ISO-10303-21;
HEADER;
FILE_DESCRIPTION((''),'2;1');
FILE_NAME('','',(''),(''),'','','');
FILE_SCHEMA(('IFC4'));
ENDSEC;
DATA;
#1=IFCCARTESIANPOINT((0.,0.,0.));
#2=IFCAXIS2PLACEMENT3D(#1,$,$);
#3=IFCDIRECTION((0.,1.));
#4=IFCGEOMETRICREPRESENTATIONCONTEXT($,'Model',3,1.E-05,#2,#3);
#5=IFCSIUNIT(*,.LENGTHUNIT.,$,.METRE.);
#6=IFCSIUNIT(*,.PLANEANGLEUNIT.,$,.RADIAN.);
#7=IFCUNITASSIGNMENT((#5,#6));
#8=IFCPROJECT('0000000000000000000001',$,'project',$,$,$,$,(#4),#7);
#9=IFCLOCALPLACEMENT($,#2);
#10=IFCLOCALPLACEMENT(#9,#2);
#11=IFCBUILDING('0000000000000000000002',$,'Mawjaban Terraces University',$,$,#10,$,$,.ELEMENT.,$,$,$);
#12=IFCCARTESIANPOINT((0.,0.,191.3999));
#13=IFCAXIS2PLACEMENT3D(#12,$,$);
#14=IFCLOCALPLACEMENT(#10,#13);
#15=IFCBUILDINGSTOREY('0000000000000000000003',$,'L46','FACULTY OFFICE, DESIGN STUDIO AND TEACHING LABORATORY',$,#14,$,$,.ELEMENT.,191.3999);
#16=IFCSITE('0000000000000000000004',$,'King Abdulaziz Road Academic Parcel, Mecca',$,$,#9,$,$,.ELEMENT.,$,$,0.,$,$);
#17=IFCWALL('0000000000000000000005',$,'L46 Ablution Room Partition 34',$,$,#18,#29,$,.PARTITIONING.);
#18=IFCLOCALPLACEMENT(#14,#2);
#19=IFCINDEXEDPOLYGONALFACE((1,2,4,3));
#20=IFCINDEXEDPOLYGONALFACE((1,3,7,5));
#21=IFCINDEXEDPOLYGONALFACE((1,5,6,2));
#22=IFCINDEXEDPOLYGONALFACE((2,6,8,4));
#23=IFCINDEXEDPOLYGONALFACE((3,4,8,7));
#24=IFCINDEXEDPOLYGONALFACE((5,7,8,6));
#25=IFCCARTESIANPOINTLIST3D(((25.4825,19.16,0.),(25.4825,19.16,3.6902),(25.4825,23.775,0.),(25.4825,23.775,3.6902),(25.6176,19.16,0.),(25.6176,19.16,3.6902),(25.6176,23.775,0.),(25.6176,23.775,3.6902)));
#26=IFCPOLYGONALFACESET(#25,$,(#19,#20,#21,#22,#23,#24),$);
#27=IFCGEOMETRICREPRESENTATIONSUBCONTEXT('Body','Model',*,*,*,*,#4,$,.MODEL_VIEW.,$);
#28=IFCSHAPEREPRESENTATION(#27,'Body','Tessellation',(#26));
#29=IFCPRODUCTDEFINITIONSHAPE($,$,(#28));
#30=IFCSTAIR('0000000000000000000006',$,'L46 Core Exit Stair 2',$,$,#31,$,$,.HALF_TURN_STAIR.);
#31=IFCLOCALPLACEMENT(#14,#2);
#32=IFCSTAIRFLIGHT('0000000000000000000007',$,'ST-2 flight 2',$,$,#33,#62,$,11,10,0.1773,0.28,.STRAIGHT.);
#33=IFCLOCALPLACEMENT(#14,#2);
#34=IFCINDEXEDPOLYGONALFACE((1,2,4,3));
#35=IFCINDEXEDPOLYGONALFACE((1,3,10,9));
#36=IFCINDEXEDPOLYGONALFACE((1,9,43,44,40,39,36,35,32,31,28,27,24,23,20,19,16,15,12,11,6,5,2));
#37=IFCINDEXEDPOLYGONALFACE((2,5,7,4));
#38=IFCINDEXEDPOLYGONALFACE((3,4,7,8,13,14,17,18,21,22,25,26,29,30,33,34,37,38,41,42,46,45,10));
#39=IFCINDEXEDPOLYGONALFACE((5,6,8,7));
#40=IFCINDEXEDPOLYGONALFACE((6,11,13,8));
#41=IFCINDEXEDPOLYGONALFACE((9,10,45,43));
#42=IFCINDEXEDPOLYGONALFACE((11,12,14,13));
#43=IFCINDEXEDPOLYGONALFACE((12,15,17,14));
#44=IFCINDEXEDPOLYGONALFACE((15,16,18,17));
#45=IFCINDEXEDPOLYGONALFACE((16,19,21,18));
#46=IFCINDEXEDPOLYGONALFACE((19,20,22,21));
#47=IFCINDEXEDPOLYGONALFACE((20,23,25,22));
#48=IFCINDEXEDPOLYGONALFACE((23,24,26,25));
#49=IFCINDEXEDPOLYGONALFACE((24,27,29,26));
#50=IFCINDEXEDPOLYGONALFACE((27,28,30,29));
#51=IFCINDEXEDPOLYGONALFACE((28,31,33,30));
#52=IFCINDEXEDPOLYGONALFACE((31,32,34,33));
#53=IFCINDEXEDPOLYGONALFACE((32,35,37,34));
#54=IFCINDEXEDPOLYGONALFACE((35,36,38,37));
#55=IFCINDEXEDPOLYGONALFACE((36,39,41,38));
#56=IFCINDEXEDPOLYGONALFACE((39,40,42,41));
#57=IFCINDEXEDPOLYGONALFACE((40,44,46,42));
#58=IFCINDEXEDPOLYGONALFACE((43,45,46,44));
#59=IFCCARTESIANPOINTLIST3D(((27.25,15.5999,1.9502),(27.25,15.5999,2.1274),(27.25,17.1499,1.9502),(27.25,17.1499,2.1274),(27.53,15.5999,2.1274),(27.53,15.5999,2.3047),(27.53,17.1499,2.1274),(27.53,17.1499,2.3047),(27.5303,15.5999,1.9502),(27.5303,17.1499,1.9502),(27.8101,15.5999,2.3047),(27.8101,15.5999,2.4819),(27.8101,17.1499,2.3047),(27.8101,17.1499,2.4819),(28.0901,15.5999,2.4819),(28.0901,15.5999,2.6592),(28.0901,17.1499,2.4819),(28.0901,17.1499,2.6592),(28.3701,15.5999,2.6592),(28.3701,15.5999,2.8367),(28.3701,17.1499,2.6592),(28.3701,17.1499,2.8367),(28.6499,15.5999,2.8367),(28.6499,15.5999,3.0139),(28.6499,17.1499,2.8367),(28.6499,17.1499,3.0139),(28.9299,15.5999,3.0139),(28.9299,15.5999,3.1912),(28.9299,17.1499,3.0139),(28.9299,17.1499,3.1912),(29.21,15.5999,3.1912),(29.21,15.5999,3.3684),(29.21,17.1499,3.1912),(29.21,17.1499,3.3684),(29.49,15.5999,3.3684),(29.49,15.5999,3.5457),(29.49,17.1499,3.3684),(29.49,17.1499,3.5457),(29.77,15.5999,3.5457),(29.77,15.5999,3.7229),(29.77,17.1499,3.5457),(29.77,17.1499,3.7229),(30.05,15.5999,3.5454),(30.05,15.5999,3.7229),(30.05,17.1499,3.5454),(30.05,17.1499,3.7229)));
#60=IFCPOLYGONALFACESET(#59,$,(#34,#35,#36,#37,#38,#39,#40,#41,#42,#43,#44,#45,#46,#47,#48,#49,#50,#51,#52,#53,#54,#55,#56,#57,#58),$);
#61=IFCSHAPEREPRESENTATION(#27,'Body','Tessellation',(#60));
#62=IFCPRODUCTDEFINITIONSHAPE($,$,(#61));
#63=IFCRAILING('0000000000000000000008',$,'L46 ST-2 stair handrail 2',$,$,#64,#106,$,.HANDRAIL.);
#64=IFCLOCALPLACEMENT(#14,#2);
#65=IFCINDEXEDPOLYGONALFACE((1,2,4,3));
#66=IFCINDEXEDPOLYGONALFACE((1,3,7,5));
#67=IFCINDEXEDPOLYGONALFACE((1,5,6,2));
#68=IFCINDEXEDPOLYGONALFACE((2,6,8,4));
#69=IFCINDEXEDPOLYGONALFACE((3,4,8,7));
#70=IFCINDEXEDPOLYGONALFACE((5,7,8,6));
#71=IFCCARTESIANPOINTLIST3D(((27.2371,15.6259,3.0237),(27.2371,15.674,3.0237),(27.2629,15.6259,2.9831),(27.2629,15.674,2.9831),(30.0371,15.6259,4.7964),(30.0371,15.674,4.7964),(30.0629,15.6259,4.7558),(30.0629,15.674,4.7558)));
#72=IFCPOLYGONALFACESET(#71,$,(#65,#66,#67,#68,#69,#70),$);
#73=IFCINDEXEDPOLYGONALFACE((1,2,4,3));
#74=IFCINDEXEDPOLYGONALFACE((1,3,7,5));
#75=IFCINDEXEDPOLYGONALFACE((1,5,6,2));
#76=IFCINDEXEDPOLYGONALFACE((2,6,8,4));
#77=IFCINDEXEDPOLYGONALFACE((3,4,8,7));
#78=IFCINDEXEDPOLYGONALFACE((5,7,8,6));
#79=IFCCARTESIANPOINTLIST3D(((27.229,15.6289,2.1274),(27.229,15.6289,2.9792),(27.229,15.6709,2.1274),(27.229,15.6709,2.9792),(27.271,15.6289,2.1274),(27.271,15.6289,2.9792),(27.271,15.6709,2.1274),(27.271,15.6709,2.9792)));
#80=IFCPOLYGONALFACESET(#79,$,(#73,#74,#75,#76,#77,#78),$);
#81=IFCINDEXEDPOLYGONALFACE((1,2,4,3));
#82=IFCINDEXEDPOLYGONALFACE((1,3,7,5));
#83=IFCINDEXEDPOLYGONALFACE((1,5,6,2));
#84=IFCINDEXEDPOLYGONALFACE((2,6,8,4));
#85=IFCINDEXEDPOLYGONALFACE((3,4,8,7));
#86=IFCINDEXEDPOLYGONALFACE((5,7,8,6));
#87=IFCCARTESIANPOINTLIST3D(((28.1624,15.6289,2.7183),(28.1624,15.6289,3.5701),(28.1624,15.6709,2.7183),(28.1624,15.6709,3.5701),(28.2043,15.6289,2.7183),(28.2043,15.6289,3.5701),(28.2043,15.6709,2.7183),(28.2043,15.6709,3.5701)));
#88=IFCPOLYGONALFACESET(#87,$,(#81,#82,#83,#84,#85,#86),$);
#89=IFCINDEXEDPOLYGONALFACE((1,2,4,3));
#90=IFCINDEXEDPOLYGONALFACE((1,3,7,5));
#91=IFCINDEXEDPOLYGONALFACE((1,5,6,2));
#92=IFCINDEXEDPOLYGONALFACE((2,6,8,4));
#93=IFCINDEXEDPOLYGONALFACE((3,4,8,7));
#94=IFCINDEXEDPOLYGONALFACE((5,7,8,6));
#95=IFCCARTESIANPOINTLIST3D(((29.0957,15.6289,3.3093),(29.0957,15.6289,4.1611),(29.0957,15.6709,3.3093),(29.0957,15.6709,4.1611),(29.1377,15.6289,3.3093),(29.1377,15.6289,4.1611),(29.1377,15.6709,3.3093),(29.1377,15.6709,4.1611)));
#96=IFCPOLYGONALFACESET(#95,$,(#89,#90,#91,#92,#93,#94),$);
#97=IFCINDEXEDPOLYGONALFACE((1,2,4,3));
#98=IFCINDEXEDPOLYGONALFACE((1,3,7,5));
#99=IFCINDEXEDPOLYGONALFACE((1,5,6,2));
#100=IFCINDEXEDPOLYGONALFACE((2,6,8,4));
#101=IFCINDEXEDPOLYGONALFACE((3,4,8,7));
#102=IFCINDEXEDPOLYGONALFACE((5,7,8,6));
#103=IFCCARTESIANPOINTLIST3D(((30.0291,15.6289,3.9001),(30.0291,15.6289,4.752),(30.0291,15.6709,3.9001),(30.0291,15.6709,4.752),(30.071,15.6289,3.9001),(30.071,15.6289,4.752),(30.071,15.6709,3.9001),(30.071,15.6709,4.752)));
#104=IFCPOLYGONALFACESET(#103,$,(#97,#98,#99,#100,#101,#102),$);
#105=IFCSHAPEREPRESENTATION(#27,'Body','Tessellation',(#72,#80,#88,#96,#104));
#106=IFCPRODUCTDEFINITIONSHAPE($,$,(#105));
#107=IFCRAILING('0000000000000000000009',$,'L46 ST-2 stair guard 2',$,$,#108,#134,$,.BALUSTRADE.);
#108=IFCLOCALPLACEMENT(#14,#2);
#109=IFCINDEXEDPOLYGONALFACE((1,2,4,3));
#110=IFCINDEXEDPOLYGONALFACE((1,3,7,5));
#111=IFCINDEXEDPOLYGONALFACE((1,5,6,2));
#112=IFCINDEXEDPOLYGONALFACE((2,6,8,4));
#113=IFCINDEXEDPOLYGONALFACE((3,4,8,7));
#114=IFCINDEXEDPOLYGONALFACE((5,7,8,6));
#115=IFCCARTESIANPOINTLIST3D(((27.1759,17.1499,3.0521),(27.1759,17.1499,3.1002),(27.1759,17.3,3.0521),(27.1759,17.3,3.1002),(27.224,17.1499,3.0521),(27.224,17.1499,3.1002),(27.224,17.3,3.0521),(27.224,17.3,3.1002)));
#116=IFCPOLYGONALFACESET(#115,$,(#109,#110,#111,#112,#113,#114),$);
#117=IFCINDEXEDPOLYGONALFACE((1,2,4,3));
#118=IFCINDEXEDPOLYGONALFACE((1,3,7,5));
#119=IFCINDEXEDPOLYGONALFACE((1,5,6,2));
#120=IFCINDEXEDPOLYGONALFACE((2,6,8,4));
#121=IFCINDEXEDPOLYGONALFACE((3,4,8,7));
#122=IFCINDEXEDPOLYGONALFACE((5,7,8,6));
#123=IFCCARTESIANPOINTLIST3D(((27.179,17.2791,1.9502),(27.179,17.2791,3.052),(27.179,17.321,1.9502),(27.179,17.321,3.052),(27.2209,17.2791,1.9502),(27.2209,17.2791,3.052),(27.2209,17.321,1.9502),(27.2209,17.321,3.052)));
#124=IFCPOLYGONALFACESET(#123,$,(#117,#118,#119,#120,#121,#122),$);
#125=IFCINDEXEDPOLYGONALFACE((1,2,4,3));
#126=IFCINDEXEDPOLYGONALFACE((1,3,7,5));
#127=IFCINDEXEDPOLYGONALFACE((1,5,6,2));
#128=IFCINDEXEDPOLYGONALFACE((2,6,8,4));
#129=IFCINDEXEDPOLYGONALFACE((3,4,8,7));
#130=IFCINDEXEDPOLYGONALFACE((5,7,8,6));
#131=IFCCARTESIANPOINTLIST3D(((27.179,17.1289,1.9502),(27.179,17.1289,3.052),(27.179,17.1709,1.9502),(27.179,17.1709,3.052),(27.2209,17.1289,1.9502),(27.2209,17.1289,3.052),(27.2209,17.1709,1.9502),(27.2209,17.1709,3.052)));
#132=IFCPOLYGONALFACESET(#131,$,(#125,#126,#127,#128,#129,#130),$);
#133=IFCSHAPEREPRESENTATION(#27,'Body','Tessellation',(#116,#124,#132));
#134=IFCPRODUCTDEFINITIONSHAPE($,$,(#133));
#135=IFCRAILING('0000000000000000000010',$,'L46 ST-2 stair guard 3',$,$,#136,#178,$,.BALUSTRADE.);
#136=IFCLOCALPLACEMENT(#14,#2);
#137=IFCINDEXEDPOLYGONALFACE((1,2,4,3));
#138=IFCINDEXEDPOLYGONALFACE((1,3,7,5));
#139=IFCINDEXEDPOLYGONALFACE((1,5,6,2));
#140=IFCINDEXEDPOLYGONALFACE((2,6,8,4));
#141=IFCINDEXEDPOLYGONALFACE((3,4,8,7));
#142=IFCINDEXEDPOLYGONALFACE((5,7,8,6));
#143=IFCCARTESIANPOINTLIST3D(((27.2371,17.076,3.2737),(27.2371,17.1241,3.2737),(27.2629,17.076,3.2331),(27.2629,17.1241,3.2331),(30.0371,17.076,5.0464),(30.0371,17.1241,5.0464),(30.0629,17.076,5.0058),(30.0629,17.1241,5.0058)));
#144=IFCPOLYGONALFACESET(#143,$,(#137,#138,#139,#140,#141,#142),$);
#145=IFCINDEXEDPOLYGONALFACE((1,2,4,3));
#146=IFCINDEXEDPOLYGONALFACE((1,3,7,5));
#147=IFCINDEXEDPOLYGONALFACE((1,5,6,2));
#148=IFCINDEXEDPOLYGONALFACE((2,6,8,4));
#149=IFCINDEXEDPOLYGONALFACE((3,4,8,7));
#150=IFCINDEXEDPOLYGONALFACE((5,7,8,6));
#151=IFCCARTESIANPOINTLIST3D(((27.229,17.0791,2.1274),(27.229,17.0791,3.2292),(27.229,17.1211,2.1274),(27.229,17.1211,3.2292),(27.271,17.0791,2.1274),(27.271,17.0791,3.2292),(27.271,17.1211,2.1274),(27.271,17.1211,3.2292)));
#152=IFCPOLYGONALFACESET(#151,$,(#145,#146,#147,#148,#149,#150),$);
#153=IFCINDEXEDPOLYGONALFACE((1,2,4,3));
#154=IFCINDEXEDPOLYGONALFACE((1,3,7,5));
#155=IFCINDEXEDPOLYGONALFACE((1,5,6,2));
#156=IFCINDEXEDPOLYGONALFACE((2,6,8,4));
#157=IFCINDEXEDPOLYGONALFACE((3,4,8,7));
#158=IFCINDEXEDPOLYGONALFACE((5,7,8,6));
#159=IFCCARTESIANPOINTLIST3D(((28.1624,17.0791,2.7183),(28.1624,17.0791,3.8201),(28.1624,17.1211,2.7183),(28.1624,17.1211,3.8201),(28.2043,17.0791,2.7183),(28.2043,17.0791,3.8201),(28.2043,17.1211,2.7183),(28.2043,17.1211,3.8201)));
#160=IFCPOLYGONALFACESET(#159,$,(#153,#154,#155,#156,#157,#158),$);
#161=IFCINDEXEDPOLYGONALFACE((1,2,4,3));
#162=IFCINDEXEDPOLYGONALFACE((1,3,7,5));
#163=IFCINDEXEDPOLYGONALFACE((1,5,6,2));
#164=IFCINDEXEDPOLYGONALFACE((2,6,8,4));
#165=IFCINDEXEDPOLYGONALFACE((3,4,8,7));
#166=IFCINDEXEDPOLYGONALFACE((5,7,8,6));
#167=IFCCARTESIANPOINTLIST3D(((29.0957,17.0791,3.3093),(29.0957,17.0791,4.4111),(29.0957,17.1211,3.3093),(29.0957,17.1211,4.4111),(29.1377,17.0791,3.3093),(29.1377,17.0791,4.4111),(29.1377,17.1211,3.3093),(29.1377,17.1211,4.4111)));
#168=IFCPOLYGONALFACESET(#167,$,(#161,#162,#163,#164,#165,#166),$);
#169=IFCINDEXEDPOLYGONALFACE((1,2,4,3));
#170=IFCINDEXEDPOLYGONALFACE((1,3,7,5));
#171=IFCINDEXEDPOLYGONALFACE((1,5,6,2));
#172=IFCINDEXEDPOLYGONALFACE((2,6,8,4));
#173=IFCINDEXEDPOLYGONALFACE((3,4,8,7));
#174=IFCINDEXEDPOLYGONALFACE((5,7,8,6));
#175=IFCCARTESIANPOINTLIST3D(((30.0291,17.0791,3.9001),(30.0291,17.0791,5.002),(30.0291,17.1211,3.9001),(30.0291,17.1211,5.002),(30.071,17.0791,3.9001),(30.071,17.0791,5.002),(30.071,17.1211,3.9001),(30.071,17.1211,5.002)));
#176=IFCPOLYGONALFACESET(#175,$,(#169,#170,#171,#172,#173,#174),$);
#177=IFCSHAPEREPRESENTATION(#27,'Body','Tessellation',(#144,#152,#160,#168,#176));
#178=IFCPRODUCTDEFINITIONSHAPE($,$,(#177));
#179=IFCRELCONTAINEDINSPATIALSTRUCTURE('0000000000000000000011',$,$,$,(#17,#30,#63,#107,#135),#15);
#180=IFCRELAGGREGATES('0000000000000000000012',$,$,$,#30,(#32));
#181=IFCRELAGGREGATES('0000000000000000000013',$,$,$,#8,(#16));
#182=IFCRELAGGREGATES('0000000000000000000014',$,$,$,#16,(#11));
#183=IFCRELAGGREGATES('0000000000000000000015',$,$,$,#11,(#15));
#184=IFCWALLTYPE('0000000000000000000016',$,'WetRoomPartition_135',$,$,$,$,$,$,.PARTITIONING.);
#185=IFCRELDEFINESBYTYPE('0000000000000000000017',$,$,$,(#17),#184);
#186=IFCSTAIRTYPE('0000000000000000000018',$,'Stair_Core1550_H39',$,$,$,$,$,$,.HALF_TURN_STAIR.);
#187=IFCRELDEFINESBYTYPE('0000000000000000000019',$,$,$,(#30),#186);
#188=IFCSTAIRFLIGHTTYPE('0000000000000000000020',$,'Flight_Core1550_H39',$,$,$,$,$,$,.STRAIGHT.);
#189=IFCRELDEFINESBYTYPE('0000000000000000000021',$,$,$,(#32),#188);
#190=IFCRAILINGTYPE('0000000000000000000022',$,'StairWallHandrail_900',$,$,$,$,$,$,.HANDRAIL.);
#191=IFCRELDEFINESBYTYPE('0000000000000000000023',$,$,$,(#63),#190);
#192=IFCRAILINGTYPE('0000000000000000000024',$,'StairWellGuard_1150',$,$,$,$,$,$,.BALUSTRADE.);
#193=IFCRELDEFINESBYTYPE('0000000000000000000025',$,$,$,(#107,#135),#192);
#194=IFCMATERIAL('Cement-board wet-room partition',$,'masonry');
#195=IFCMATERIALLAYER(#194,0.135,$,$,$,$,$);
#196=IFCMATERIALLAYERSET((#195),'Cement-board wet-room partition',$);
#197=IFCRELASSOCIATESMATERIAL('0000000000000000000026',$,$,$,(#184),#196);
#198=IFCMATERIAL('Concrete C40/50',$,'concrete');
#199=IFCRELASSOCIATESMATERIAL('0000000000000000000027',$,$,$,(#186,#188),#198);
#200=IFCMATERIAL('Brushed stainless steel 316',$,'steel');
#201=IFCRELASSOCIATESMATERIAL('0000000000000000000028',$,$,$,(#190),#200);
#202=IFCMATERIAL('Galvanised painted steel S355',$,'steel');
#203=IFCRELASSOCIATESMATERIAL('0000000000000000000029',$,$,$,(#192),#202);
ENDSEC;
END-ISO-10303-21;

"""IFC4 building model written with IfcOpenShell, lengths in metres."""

from ifc_helpers import new_model, si_unit, direction, frame, frame_2d, origin, origin_2d, place, context, subcontext, project, spatial, polyline, rectangle, outline, extrude, material, layer, layer_set, type_object, element, aggregate, save


model = new_model("IFC4")

# Units and contexts
model_context = context("Model", 3, precision=1e-05, world=origin(), true_north=direction((0.0, 1.0)))
body_context = subcontext(model_context, "Body", "Model", "MODEL_VIEW")
ifc_project = project(units=[si_unit("LENGTHUNIT", "METRE"), si_unit("PLANEANGLEUNIT", "RADIAN")], contexts=[model_context])

# Site, building, storey
site_placement = place(None, origin())
site = spatial("IfcSite", under=ifc_project, at=site_placement, Name="King Abdulaziz Road Academic Parcel, Mecca", CompositionType="ELEMENT", RefElevation=0.0)
building_placement = place(site_placement, origin())
building = spatial("IfcBuilding", under=site, at=building_placement, Name="Mawjaban Terraces University", CompositionType="ELEMENT")
storey_placement = place(building_placement, frame((0.0, 0.0, 191.3999)))
storey = spatial("IfcBuildingStorey", under=building, at=storey_placement, Name="L46", Description="FACULTY OFFICE, DESIGN STUDIO AND TEACHING LABORATORY", CompositionType="ELEMENT", Elevation=191.3999)

# Shared definitions
ifc_material_1 = material(Name="Concrete C40/50", Category="concrete")

# Wall
ifc_material_2 = material(Name="Cement-board wet-room partition", Category="masonry")
ifc_layer_1 = layer(ifc_material_2, 0.135)
ifc_layer_set_1 = layer_set([ifc_layer_1], Name="Cement-board wet-room partition")
wall_type_1 = type_object("IfcWallType", Name="WetRoomPartition_135", PredefinedType="PARTITIONING", material=ifc_layer_set_1)
wall_1_placement = place(storey_placement, frame((25.55, 19.1599, 0.0), z_axis=(0.0, 0.0, 1.0), x_axis=(0.0, 1.0, 0.0)))
element("IfcWall", 1, at=wall_1_placement, inside=storey, type_object=wall_type_1, Name="L46 Ablution Room Partition 34", PredefinedType="PARTITIONING", context=body_context, shape_type="SweptSolid", body=[
    extrude(rectangle(XDim=4.615, YDim=0.135, at=frame_2d((2.3076, 0.0))), origin(), (0.0, 0.0, 1.0), 3.6902),
])

# Stair, stair flight
stair_type = type_object("IfcStairType", Name="Stair_Core1550_H39", PredefinedType="HALF_TURN_STAIR", material=ifc_material_1)
stair_placement = place(storey_placement, origin())
stair = element("IfcStair", 2, at=stair_placement, inside=storey, type_object=stair_type, Name="L46 Core Exit Stair 2", PredefinedType="HALF_TURN_STAIR")
stair_flight_type = type_object("IfcStairFlightType", Name="Flight_Core1550_H39", PredefinedType="STRAIGHT", material=ifc_material_1)
stair_flight_placement = place(storey_placement, frame((27.25, 16.375, 1.9502), z_axis=(0.0, 0.0, 1.0), x_axis=(1.0, 0.0, 0.0)))
stair_flight = element("IfcStairFlight", 3, at=stair_flight_placement, type_object=stair_flight_type, Name="ST-2 flight 2", NumberOfRisers=11, NumberOfTreads=10, PredefinedType="STRAIGHT", RiserHeight=0.1773, TreadLength=0.28, context=body_context, shape_type="SweptSolid", body=[
    extrude(outline(polyline([(0.0, 0.0), (0.0, 0.1772), (0.28, 0.1772), (0.28, 0.3545), (0.5601, 0.3545), (0.5601, 0.5317), (0.8401, 0.5317), (0.8401, 0.709), (1.1201, 0.709), (1.1201, 0.8865), (1.3999, 0.8865), (1.3999, 1.0637), (1.6799, 1.0637), (1.6799, 1.241), (1.96, 1.241), (1.96, 1.4182), (2.24, 1.4182), (2.24, 1.5955), (2.52, 1.5955), (2.52, 1.7727), (2.8, 1.7727), (2.8, 1.95), (2.8, 1.5952), (0.2803, 0.0), (0.0, 0.0)])), frame((0.0, 0.7749, 0.0), z_axis=(0.0, -1.0, 0.0), x_axis=(1.0, 0.0, 0.0)), (0.0, 0.0, 1.0), 1.55),
])
aggregate(stair, [stair_flight])

# Railings
ifc_material_3 = material(Name="Brushed stainless steel 316", Category="steel")
railing_type_1 = type_object("IfcRailingType", Name="StairWallHandrail_900", PredefinedType="HANDRAIL", material=ifc_material_3)
railing_1_placement = place(storey_placement, frame((27.25, 15.6499, 2.1274)))
element("IfcRailing", 4, at=railing_1_placement, inside=storey, type_object=railing_type_1, Name="L46 ST-2 stair handrail 2", PredefinedType="HANDRAIL", context=body_context, shape_type="SweptSolid", body=[
    extrude(rectangle(XDim=0.0481, YDim=0.0481, at=origin_2d()), frame((0.0, 0.0, 0.876), z_axis=(0.844909, 0.0, 0.53491), x_axis=(0.0, 1.0, 0.0)), (0.0, 0.0, 1.0), 3.314),
    extrude(rectangle(XDim=0.042, YDim=0.042, at=origin_2d()), origin(), (0.0, 0.0, 1.0), 0.8518),
    extrude(rectangle(XDim=0.042, YDim=0.042, at=origin_2d()), frame((0.9333, 0.0, 0.5908)), (0.0, 0.0, 1.0), 0.8518),
    extrude(rectangle(XDim=0.042, YDim=0.042, at=origin_2d()), frame((1.8667, 0.0, 1.1819)), (0.0, 0.0, 1.0), 0.8518),
    extrude(rectangle(XDim=0.042, YDim=0.042, at=origin_2d()), frame((2.8, 0.0, 1.7727)), (0.0, 0.0, 1.0), 0.8518),
])
ifc_material_4 = material(Name="Galvanised painted steel S355", Category="steel")
railing_type_2 = type_object("IfcRailingType", Name="StairWellGuard_1150", PredefinedType="BALUSTRADE", material=ifc_material_4)
railing_2_placement = place(storey_placement, frame((27.2, 17.3, 1.9502)))
element("IfcRailing", 5, at=railing_2_placement, inside=storey, type_object=railing_type_2, Name="L46 ST-2 stair guard 2", PredefinedType="BALUSTRADE", context=body_context, shape_type="SweptSolid", body=[
    extrude(rectangle(XDim=0.0481, YDim=0.0481, at=origin_2d()), frame((0.0, 0.0, 1.126), z_axis=(0.0, -1.0, 0.0), x_axis=(1.0, 0.0, 0.0)), (0.0, 0.0, 1.0), 0.1501),
    extrude(rectangle(XDim=0.042, YDim=0.042, at=origin_2d()), origin(), (0.0, 0.0, 1.0), 1.1018),
    extrude(rectangle(XDim=0.042, YDim=0.042, at=origin_2d()), frame((0.0, -0.1501, 0.0)), (0.0, 0.0, 1.0), 1.1018),
])
railing_3_placement = place(storey_placement, frame((27.25, 17.1001, 2.1274)))
element("IfcRailing", 6, at=railing_3_placement, inside=storey, type_object=railing_type_2, Name="L46 ST-2 stair guard 3", PredefinedType="BALUSTRADE", context=body_context, shape_type="SweptSolid", body=[
    extrude(rectangle(XDim=0.0481, YDim=0.0481, at=origin_2d()), frame((0.0, 0.0, 1.126), z_axis=(0.844909, 0.0, 0.53491), x_axis=(0.0, 1.0, 0.0)), (0.0, 0.0, 1.0), 3.314),
    extrude(rectangle(XDim=0.042, YDim=0.042, at=origin_2d()), origin(), (0.0, 0.0, 1.0), 1.1018),
    extrude(rectangle(XDim=0.042, YDim=0.042, at=origin_2d()), frame((0.9333, 0.0, 0.5908)), (0.0, 0.0, 1.0), 1.1018),
    extrude(rectangle(XDim=0.042, YDim=0.042, at=origin_2d()), frame((1.8667, 0.0, 1.1819)), (0.0, 0.0, 1.0), 1.1018),
    extrude(rectangle(XDim=0.042, YDim=0.042, at=origin_2d()), frame((2.8, 0.0, 1.7727)), (0.0, 0.0, 1.0), 1.1018),
])

save(model, "model.ifc")
